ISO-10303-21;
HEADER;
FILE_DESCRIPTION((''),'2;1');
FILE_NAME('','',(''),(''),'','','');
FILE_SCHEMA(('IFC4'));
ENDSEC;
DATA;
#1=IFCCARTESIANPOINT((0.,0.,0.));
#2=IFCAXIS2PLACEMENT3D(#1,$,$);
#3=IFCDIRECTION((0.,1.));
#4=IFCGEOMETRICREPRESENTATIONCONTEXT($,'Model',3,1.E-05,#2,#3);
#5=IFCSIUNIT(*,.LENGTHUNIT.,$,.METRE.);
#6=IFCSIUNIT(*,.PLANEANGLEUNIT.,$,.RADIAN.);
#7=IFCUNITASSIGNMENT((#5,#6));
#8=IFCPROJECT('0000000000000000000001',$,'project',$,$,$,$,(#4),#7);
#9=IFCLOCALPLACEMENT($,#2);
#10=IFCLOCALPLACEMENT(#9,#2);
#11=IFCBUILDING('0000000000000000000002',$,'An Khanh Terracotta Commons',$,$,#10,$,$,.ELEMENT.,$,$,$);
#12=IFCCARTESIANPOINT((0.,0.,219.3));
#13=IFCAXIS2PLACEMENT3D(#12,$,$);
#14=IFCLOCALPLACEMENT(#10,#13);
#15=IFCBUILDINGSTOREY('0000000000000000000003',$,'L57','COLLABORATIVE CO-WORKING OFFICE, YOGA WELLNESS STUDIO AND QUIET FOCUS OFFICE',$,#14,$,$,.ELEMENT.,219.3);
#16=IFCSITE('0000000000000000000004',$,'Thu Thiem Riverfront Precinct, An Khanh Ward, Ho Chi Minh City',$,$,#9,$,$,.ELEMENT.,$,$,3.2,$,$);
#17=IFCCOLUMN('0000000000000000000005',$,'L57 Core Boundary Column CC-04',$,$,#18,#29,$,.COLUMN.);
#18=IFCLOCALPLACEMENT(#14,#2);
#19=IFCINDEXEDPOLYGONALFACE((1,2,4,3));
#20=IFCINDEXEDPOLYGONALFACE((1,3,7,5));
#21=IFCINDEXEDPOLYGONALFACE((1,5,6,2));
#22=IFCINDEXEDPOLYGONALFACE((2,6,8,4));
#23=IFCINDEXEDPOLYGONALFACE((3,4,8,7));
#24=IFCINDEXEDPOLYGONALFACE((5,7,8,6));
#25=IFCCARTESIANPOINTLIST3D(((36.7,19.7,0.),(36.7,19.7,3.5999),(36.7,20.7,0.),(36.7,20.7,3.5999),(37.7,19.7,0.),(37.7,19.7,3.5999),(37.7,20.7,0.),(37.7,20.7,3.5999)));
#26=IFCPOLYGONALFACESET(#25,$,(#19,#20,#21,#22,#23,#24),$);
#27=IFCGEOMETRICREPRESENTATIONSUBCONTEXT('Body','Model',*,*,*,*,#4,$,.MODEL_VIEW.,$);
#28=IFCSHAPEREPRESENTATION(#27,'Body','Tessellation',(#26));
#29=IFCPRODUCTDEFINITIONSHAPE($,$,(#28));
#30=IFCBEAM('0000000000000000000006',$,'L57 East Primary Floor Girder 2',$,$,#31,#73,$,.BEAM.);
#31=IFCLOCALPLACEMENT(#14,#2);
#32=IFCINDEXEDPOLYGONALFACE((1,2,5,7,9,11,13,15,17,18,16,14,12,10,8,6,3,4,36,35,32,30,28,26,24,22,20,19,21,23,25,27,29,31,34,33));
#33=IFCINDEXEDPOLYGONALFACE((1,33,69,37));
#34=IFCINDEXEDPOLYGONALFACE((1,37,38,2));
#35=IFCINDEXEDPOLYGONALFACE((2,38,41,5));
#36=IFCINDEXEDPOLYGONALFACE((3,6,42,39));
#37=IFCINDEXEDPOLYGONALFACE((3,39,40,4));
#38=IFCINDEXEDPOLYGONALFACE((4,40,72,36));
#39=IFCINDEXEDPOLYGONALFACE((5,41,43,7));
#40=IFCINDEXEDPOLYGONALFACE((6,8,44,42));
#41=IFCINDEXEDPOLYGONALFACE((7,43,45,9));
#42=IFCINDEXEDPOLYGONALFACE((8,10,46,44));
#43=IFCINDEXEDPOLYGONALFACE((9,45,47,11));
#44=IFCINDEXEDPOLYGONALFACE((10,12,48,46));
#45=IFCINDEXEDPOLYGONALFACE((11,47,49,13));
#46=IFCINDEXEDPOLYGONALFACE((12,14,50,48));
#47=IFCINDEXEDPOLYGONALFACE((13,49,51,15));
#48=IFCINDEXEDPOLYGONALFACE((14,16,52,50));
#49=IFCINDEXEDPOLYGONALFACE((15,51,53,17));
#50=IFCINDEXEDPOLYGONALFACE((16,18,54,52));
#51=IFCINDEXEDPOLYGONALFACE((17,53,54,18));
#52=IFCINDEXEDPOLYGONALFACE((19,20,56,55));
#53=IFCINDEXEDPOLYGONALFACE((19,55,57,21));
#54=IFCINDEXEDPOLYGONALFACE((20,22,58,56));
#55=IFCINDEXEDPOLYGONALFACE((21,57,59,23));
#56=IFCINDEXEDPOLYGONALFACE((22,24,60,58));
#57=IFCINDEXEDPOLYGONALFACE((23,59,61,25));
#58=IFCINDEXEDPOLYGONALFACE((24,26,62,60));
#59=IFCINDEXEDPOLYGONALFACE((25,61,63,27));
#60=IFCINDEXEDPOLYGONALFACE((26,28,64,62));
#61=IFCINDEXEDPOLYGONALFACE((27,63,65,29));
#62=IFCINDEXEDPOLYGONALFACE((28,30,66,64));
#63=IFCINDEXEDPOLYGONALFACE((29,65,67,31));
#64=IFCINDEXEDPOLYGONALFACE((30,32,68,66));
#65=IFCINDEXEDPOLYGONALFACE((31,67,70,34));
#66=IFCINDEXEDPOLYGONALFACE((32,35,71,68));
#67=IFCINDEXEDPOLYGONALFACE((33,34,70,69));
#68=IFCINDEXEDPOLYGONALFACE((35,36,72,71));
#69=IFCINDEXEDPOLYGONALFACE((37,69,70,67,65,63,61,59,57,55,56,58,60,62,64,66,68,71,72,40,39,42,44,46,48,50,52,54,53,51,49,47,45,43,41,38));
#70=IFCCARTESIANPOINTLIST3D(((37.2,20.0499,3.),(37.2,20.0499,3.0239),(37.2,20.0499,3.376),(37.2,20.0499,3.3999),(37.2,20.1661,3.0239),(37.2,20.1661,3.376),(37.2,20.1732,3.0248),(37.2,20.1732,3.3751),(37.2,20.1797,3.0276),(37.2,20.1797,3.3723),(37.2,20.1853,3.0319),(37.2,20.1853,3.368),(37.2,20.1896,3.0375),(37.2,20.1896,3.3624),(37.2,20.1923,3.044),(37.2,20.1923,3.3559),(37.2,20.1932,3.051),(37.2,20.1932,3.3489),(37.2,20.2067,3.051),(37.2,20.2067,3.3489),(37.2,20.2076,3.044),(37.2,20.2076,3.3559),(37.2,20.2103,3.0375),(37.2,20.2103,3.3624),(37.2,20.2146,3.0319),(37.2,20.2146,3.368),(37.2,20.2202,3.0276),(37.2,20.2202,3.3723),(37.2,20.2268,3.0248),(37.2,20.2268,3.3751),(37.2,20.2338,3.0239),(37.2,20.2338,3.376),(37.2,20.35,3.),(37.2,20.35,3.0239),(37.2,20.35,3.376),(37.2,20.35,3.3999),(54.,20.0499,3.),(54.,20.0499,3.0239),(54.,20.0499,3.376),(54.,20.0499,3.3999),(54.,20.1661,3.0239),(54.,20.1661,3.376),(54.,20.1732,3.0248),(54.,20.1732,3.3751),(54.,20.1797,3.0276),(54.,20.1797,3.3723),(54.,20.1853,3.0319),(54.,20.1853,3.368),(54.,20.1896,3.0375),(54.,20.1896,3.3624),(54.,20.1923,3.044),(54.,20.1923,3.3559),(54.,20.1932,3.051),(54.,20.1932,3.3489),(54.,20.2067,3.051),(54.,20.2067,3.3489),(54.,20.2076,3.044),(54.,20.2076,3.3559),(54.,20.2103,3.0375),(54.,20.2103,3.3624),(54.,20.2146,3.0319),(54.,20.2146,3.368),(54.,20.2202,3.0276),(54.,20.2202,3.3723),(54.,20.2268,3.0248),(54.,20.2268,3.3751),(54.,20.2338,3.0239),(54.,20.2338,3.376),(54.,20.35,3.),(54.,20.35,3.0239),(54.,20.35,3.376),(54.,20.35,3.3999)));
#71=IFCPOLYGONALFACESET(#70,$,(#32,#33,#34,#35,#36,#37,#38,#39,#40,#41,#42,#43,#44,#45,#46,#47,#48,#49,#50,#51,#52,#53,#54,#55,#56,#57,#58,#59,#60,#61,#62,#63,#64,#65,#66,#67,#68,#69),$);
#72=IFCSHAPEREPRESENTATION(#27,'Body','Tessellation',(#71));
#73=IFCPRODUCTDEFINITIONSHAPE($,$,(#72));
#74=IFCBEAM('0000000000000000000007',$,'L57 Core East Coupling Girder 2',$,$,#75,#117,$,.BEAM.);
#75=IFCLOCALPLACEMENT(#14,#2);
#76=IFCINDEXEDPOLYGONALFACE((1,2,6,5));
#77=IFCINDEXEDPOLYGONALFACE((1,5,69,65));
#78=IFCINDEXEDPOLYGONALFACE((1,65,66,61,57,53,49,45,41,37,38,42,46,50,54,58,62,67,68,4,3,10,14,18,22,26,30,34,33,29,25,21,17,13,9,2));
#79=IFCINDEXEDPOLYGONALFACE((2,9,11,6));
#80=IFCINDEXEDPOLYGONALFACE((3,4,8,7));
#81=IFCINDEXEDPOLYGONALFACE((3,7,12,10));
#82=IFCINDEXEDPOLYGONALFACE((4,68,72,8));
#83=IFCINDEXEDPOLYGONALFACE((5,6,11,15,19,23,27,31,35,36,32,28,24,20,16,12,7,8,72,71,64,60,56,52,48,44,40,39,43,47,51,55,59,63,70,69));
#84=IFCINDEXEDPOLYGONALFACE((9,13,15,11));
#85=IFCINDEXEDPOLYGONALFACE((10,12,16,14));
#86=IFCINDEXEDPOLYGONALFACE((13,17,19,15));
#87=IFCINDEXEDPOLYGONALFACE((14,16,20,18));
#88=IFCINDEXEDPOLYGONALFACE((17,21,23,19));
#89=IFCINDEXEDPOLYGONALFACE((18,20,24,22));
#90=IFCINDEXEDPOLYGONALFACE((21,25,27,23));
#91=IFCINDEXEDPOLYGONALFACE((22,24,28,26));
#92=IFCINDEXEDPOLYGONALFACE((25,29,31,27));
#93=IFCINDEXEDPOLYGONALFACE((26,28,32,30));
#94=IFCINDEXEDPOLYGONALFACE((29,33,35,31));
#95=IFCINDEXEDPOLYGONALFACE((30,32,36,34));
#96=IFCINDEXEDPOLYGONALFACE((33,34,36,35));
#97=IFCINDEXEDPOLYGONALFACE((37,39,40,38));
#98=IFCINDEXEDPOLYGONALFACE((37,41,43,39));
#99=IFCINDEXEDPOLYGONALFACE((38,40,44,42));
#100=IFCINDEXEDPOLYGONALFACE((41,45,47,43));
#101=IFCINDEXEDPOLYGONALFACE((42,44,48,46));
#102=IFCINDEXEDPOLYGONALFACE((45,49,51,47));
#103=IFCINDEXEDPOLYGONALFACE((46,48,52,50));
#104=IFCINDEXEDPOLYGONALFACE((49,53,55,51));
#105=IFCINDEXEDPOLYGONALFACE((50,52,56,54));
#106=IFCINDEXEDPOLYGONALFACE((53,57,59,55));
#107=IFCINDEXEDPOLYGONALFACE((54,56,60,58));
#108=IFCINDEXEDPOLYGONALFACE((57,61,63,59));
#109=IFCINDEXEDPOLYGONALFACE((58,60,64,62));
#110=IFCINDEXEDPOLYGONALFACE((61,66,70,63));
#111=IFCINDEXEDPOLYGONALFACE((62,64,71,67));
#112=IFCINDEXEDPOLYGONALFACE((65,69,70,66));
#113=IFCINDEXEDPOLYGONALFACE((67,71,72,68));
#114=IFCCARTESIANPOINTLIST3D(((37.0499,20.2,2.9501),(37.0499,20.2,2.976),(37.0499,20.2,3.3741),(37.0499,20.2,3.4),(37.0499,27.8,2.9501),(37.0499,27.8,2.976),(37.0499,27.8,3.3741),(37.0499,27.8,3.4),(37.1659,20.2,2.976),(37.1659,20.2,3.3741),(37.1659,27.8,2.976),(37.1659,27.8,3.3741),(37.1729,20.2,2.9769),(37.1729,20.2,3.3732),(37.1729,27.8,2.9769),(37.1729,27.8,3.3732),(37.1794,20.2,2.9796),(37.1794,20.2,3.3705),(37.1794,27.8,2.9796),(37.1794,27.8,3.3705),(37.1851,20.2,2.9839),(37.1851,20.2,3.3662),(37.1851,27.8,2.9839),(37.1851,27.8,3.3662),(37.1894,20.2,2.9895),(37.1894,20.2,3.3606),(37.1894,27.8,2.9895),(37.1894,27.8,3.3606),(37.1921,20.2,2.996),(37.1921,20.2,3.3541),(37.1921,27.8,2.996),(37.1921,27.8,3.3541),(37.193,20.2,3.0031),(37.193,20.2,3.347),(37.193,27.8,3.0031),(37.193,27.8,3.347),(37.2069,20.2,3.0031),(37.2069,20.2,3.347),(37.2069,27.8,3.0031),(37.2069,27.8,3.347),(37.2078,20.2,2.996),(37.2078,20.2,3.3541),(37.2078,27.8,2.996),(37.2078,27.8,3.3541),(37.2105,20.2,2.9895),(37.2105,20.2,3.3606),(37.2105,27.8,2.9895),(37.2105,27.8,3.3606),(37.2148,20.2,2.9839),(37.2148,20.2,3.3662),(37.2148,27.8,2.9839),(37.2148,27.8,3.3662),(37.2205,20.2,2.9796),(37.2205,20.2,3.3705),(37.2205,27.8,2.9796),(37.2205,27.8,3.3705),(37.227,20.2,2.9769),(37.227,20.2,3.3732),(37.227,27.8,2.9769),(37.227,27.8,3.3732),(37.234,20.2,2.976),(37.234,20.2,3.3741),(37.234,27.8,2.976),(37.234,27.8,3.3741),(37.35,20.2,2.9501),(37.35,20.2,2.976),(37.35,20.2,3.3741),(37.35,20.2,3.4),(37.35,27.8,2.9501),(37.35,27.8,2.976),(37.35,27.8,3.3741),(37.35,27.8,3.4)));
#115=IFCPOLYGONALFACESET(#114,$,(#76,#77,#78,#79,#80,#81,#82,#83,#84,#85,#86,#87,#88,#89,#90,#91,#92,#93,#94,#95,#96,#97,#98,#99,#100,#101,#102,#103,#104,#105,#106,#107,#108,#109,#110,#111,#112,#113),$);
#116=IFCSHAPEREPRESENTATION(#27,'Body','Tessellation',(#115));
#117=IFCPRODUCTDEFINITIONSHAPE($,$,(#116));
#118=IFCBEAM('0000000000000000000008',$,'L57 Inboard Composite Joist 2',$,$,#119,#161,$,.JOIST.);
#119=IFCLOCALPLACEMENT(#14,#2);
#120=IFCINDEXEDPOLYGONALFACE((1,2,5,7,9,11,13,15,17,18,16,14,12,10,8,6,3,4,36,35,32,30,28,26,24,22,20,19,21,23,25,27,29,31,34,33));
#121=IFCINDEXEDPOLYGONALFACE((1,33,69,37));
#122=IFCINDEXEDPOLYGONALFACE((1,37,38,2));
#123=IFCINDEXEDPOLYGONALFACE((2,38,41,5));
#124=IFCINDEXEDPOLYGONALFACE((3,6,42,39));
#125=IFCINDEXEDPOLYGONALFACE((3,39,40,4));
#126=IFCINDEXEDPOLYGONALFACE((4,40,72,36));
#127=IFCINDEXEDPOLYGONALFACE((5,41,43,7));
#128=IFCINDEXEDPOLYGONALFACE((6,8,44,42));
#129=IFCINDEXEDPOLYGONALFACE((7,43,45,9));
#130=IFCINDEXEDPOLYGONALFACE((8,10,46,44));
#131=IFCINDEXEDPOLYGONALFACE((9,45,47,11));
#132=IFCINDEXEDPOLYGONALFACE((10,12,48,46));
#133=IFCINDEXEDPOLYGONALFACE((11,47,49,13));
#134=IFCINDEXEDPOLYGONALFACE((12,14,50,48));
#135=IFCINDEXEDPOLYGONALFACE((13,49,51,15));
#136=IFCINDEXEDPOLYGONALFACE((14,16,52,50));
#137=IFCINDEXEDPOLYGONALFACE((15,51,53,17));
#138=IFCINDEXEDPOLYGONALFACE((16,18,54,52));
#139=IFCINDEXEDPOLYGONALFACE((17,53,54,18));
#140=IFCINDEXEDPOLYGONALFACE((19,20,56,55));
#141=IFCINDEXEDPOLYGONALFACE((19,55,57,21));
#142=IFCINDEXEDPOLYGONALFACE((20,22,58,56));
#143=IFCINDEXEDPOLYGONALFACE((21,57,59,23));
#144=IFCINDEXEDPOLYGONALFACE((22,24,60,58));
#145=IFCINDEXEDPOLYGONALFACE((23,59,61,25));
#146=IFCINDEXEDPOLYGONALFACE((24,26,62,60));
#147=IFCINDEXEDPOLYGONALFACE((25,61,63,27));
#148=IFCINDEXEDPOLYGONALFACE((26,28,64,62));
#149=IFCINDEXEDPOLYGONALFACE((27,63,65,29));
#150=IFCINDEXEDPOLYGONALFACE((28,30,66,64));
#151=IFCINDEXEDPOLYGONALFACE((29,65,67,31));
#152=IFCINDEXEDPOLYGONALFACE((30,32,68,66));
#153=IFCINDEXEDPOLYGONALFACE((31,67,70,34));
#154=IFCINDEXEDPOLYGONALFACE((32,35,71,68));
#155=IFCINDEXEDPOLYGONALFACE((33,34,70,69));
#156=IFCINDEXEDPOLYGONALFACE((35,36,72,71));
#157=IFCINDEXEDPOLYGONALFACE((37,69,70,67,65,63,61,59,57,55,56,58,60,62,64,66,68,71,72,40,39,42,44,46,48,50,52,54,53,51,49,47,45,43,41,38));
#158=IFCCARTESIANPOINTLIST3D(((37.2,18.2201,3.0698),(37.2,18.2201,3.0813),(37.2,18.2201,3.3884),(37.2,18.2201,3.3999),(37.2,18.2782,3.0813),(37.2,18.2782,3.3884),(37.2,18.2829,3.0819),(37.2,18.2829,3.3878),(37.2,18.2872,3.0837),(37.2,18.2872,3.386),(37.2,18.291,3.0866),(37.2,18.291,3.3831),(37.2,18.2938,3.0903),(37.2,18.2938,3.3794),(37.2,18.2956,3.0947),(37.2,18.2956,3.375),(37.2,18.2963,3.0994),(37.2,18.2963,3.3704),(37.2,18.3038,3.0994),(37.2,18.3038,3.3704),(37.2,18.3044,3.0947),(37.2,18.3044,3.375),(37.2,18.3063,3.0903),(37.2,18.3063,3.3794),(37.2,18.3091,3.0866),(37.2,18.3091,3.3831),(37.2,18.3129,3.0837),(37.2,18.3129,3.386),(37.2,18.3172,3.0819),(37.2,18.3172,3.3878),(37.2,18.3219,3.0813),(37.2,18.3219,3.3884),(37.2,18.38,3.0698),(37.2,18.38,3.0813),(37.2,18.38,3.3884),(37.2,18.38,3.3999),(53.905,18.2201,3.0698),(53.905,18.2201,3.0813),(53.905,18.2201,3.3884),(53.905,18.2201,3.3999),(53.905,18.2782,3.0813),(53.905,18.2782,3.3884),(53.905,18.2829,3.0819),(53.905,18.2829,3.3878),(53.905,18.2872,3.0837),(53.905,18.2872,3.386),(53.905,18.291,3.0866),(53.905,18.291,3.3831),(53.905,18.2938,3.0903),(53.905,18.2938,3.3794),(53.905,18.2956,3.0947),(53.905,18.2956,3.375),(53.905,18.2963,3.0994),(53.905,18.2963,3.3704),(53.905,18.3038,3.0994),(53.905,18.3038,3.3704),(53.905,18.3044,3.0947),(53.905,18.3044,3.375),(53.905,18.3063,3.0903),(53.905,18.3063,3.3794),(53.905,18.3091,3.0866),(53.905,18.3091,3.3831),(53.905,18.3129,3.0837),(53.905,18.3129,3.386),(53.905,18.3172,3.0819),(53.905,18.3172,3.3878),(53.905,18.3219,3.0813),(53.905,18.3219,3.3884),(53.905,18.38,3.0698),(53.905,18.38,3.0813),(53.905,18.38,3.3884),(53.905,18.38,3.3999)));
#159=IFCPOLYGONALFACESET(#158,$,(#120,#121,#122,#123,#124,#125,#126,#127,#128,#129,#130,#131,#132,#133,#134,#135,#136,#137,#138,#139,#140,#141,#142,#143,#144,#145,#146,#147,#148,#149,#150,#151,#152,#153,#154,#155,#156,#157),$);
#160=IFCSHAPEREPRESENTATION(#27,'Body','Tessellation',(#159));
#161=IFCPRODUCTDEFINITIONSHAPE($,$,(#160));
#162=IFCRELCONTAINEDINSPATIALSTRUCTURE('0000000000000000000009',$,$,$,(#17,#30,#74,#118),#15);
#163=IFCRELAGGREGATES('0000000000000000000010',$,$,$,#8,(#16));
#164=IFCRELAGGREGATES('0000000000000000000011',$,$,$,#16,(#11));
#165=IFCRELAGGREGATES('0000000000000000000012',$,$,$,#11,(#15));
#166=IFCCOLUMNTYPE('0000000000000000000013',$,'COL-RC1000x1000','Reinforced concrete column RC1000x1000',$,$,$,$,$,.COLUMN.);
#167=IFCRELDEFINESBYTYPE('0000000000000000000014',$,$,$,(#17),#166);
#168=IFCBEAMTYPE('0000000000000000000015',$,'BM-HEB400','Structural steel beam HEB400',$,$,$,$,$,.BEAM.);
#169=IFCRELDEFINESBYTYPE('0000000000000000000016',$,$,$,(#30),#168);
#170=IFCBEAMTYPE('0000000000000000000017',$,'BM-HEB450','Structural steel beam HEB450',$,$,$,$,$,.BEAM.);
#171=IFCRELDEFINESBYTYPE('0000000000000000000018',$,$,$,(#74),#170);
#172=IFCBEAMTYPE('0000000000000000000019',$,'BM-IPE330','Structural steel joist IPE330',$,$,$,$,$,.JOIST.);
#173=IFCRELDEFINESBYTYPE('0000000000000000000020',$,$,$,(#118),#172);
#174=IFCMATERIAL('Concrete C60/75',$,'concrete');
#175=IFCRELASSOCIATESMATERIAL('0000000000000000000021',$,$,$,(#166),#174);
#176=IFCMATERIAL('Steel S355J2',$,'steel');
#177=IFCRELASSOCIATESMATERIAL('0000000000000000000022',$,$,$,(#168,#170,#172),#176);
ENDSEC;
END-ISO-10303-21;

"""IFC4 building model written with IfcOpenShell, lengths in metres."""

from ifc_helpers import new_model, si_unit, direction, frame, origin, origin_2d, place, context, subcontext, project, spatial, rectangle, i_section, extrude, material, material_profile, profile_set, type_object, element, save


model = new_model("IFC4")

# Units and contexts
model_context = context("Model", 3, precision=1e-05, world=origin(), true_north=direction((0.0, 1.0)))
body_context = subcontext(model_context, "Body", "Model", "MODEL_VIEW")
ifc_project = project(units=[si_unit("LENGTHUNIT", "METRE"), si_unit("PLANEANGLEUNIT", "RADIAN")], contexts=[model_context])

# Site, building, storey
site_placement = place(None, origin())
site = spatial("IfcSite", under=ifc_project, at=site_placement, Name="Thu Thiem Riverfront Precinct, An Khanh Ward, Ho Chi Minh City", CompositionType="ELEMENT", RefElevation=3.2)
building_placement = place(site_placement, origin())
building = spatial("IfcBuilding", under=site, at=building_placement, Name="An Khanh Terracotta Commons", CompositionType="ELEMENT")
storey_placement = place(building_placement, frame((0.0, 0.0, 219.3)))
storey = spatial("IfcBuildingStorey", under=building, at=storey_placement, Name="L57", Description="COLLABORATIVE CO-WORKING OFFICE, YOGA WELLNESS STUDIO AND QUIET FOCUS OFFICE", CompositionType="ELEMENT", Elevation=219.3)

# Column
ifc_material_1 = material(Name="Concrete C60/75", Category="concrete")
ifc_material_profile_1 = material_profile(ifc_material_1, rectangle(XDim=1.0, YDim=1.0, at=origin_2d()), Name="RC1000x1000")
ifc_profile_set_1 = profile_set([ifc_material_profile_1], Name="Concrete C60/75")
column_type = type_object("IfcColumnType", Name="COL-RC1000x1000", Description="Reinforced concrete column RC1000x1000", PredefinedType="COLUMN", material=ifc_profile_set_1)
column_placement = place(storey_placement, frame((37.2, 20.2, 0.0), z_axis=(0.0, 0.0, 1.0), x_axis=(1.0, 0.0, 0.0)))
element("IfcColumn", 1, at=column_placement, inside=storey, type_object=column_type, Name="L57 Core Boundary Column CC-04", PredefinedType="COLUMN", context=body_context, shape_type="SweptSolid", body=[
    extrude(rectangle(XDim=1.0, YDim=1.0, at=origin_2d()), origin(), (0.0, 0.0, 1.0), 3.5999),
])

# Beams
ifc_material_2 = material(Name="Steel S355J2", Category="steel")
ifc_material_profile_2 = material_profile(ifc_material_2, i_section(OverallWidth=0.3, OverallDepth=0.3999, WebThickness=0.0134, FlangeThickness=0.0239, FilletRadius=0.0271, at=origin_2d()), Name="HEB400")
ifc_profile_set_2 = profile_set([ifc_material_profile_2], Name="Steel S355J2")
beam_type_1 = type_object("IfcBeamType", Name="BM-HEB400", Description="Structural steel beam HEB400", PredefinedType="BEAM", material=ifc_profile_set_2)
beam_1_placement = place(storey_placement, frame((37.2, 20.2, 3.2), z_axis=(1.0, 0.0, 0.0), x_axis=(0.0, 1.0, 0.0)))
element("IfcBeam", 2, at=beam_1_placement, inside=storey, type_object=beam_type_1, Name="L57 East Primary Floor Girder 2", PredefinedType="BEAM", context=body_context, shape_type="SweptSolid", body=[
    extrude(i_section(OverallWidth=0.3, OverallDepth=0.3999, WebThickness=0.0134, FlangeThickness=0.0239, FilletRadius=0.0271, at=origin_2d()), origin(), (0.0, 0.0, 1.0), 16.8),
])
ifc_material_profile_3 = material_profile(ifc_material_2, i_section(OverallWidth=0.3, OverallDepth=0.45, WebThickness=0.0139, FlangeThickness=0.0259, FilletRadius=0.0271, at=origin_2d()), Name="HEB450")
ifc_profile_set_3 = profile_set([ifc_material_profile_3], Name="Steel S355J2")
beam_type_2 = type_object("IfcBeamType", Name="BM-HEB450", Description="Structural steel beam HEB450", PredefinedType="BEAM", material=ifc_profile_set_3)
beam_2_placement = place(storey_placement, frame((37.2, 20.2, 3.175), z_axis=(0.0, 1.0, 0.0), x_axis=(-1.0, 0.0, 0.0)))
element("IfcBeam", 3, at=beam_2_placement, inside=storey, type_object=beam_type_2, Name="L57 Core East Coupling Girder 2", PredefinedType="BEAM", context=body_context, shape_type="SweptSolid", body=[
    extrude(i_section(OverallWidth=0.3, OverallDepth=0.45, WebThickness=0.0139, FlangeThickness=0.0259, FilletRadius=0.0271, at=origin_2d()), origin(), (0.0, 0.0, 1.0), 7.6001),
])
ifc_material_profile_4 = material_profile(ifc_material_2, i_section(OverallWidth=0.1599, OverallDepth=0.3301, WebThickness=0.0076, FlangeThickness=0.0115, FilletRadius=0.0181, at=origin_2d()), Name="IPE330")
ifc_profile_set_4 = profile_set([ifc_material_profile_4], Name="Steel S355J2")
beam_type_3 = type_object("IfcBeamType", Name="BM-IPE330", Description="Structural steel joist IPE330", PredefinedType="JOIST", material=ifc_profile_set_4)
for number, where, z_axis, x_axis, name in (
    (4, (37.2, 18.3, 3.2349), (1.0, 0.0, 0.0), (0.0, 1.0, 0.0), "L57 Inboard Composite Joist 2"),
):
    element("IfcBeam", number, at=place(storey_placement, frame(where, z_axis=z_axis, x_axis=x_axis)), inside=storey, type_object=beam_type_3, Name=name, PredefinedType="JOIST", context=body_context, shape_type="SweptSolid", body=[
        extrude(i_section(OverallWidth=0.1599, OverallDepth=0.3301, WebThickness=0.0076, FlangeThickness=0.0115, FilletRadius=0.0181, at=origin_2d()), origin(), (0.0, 0.0, 1.0), 16.7051),
    ])

save(model, "model.ifc")
